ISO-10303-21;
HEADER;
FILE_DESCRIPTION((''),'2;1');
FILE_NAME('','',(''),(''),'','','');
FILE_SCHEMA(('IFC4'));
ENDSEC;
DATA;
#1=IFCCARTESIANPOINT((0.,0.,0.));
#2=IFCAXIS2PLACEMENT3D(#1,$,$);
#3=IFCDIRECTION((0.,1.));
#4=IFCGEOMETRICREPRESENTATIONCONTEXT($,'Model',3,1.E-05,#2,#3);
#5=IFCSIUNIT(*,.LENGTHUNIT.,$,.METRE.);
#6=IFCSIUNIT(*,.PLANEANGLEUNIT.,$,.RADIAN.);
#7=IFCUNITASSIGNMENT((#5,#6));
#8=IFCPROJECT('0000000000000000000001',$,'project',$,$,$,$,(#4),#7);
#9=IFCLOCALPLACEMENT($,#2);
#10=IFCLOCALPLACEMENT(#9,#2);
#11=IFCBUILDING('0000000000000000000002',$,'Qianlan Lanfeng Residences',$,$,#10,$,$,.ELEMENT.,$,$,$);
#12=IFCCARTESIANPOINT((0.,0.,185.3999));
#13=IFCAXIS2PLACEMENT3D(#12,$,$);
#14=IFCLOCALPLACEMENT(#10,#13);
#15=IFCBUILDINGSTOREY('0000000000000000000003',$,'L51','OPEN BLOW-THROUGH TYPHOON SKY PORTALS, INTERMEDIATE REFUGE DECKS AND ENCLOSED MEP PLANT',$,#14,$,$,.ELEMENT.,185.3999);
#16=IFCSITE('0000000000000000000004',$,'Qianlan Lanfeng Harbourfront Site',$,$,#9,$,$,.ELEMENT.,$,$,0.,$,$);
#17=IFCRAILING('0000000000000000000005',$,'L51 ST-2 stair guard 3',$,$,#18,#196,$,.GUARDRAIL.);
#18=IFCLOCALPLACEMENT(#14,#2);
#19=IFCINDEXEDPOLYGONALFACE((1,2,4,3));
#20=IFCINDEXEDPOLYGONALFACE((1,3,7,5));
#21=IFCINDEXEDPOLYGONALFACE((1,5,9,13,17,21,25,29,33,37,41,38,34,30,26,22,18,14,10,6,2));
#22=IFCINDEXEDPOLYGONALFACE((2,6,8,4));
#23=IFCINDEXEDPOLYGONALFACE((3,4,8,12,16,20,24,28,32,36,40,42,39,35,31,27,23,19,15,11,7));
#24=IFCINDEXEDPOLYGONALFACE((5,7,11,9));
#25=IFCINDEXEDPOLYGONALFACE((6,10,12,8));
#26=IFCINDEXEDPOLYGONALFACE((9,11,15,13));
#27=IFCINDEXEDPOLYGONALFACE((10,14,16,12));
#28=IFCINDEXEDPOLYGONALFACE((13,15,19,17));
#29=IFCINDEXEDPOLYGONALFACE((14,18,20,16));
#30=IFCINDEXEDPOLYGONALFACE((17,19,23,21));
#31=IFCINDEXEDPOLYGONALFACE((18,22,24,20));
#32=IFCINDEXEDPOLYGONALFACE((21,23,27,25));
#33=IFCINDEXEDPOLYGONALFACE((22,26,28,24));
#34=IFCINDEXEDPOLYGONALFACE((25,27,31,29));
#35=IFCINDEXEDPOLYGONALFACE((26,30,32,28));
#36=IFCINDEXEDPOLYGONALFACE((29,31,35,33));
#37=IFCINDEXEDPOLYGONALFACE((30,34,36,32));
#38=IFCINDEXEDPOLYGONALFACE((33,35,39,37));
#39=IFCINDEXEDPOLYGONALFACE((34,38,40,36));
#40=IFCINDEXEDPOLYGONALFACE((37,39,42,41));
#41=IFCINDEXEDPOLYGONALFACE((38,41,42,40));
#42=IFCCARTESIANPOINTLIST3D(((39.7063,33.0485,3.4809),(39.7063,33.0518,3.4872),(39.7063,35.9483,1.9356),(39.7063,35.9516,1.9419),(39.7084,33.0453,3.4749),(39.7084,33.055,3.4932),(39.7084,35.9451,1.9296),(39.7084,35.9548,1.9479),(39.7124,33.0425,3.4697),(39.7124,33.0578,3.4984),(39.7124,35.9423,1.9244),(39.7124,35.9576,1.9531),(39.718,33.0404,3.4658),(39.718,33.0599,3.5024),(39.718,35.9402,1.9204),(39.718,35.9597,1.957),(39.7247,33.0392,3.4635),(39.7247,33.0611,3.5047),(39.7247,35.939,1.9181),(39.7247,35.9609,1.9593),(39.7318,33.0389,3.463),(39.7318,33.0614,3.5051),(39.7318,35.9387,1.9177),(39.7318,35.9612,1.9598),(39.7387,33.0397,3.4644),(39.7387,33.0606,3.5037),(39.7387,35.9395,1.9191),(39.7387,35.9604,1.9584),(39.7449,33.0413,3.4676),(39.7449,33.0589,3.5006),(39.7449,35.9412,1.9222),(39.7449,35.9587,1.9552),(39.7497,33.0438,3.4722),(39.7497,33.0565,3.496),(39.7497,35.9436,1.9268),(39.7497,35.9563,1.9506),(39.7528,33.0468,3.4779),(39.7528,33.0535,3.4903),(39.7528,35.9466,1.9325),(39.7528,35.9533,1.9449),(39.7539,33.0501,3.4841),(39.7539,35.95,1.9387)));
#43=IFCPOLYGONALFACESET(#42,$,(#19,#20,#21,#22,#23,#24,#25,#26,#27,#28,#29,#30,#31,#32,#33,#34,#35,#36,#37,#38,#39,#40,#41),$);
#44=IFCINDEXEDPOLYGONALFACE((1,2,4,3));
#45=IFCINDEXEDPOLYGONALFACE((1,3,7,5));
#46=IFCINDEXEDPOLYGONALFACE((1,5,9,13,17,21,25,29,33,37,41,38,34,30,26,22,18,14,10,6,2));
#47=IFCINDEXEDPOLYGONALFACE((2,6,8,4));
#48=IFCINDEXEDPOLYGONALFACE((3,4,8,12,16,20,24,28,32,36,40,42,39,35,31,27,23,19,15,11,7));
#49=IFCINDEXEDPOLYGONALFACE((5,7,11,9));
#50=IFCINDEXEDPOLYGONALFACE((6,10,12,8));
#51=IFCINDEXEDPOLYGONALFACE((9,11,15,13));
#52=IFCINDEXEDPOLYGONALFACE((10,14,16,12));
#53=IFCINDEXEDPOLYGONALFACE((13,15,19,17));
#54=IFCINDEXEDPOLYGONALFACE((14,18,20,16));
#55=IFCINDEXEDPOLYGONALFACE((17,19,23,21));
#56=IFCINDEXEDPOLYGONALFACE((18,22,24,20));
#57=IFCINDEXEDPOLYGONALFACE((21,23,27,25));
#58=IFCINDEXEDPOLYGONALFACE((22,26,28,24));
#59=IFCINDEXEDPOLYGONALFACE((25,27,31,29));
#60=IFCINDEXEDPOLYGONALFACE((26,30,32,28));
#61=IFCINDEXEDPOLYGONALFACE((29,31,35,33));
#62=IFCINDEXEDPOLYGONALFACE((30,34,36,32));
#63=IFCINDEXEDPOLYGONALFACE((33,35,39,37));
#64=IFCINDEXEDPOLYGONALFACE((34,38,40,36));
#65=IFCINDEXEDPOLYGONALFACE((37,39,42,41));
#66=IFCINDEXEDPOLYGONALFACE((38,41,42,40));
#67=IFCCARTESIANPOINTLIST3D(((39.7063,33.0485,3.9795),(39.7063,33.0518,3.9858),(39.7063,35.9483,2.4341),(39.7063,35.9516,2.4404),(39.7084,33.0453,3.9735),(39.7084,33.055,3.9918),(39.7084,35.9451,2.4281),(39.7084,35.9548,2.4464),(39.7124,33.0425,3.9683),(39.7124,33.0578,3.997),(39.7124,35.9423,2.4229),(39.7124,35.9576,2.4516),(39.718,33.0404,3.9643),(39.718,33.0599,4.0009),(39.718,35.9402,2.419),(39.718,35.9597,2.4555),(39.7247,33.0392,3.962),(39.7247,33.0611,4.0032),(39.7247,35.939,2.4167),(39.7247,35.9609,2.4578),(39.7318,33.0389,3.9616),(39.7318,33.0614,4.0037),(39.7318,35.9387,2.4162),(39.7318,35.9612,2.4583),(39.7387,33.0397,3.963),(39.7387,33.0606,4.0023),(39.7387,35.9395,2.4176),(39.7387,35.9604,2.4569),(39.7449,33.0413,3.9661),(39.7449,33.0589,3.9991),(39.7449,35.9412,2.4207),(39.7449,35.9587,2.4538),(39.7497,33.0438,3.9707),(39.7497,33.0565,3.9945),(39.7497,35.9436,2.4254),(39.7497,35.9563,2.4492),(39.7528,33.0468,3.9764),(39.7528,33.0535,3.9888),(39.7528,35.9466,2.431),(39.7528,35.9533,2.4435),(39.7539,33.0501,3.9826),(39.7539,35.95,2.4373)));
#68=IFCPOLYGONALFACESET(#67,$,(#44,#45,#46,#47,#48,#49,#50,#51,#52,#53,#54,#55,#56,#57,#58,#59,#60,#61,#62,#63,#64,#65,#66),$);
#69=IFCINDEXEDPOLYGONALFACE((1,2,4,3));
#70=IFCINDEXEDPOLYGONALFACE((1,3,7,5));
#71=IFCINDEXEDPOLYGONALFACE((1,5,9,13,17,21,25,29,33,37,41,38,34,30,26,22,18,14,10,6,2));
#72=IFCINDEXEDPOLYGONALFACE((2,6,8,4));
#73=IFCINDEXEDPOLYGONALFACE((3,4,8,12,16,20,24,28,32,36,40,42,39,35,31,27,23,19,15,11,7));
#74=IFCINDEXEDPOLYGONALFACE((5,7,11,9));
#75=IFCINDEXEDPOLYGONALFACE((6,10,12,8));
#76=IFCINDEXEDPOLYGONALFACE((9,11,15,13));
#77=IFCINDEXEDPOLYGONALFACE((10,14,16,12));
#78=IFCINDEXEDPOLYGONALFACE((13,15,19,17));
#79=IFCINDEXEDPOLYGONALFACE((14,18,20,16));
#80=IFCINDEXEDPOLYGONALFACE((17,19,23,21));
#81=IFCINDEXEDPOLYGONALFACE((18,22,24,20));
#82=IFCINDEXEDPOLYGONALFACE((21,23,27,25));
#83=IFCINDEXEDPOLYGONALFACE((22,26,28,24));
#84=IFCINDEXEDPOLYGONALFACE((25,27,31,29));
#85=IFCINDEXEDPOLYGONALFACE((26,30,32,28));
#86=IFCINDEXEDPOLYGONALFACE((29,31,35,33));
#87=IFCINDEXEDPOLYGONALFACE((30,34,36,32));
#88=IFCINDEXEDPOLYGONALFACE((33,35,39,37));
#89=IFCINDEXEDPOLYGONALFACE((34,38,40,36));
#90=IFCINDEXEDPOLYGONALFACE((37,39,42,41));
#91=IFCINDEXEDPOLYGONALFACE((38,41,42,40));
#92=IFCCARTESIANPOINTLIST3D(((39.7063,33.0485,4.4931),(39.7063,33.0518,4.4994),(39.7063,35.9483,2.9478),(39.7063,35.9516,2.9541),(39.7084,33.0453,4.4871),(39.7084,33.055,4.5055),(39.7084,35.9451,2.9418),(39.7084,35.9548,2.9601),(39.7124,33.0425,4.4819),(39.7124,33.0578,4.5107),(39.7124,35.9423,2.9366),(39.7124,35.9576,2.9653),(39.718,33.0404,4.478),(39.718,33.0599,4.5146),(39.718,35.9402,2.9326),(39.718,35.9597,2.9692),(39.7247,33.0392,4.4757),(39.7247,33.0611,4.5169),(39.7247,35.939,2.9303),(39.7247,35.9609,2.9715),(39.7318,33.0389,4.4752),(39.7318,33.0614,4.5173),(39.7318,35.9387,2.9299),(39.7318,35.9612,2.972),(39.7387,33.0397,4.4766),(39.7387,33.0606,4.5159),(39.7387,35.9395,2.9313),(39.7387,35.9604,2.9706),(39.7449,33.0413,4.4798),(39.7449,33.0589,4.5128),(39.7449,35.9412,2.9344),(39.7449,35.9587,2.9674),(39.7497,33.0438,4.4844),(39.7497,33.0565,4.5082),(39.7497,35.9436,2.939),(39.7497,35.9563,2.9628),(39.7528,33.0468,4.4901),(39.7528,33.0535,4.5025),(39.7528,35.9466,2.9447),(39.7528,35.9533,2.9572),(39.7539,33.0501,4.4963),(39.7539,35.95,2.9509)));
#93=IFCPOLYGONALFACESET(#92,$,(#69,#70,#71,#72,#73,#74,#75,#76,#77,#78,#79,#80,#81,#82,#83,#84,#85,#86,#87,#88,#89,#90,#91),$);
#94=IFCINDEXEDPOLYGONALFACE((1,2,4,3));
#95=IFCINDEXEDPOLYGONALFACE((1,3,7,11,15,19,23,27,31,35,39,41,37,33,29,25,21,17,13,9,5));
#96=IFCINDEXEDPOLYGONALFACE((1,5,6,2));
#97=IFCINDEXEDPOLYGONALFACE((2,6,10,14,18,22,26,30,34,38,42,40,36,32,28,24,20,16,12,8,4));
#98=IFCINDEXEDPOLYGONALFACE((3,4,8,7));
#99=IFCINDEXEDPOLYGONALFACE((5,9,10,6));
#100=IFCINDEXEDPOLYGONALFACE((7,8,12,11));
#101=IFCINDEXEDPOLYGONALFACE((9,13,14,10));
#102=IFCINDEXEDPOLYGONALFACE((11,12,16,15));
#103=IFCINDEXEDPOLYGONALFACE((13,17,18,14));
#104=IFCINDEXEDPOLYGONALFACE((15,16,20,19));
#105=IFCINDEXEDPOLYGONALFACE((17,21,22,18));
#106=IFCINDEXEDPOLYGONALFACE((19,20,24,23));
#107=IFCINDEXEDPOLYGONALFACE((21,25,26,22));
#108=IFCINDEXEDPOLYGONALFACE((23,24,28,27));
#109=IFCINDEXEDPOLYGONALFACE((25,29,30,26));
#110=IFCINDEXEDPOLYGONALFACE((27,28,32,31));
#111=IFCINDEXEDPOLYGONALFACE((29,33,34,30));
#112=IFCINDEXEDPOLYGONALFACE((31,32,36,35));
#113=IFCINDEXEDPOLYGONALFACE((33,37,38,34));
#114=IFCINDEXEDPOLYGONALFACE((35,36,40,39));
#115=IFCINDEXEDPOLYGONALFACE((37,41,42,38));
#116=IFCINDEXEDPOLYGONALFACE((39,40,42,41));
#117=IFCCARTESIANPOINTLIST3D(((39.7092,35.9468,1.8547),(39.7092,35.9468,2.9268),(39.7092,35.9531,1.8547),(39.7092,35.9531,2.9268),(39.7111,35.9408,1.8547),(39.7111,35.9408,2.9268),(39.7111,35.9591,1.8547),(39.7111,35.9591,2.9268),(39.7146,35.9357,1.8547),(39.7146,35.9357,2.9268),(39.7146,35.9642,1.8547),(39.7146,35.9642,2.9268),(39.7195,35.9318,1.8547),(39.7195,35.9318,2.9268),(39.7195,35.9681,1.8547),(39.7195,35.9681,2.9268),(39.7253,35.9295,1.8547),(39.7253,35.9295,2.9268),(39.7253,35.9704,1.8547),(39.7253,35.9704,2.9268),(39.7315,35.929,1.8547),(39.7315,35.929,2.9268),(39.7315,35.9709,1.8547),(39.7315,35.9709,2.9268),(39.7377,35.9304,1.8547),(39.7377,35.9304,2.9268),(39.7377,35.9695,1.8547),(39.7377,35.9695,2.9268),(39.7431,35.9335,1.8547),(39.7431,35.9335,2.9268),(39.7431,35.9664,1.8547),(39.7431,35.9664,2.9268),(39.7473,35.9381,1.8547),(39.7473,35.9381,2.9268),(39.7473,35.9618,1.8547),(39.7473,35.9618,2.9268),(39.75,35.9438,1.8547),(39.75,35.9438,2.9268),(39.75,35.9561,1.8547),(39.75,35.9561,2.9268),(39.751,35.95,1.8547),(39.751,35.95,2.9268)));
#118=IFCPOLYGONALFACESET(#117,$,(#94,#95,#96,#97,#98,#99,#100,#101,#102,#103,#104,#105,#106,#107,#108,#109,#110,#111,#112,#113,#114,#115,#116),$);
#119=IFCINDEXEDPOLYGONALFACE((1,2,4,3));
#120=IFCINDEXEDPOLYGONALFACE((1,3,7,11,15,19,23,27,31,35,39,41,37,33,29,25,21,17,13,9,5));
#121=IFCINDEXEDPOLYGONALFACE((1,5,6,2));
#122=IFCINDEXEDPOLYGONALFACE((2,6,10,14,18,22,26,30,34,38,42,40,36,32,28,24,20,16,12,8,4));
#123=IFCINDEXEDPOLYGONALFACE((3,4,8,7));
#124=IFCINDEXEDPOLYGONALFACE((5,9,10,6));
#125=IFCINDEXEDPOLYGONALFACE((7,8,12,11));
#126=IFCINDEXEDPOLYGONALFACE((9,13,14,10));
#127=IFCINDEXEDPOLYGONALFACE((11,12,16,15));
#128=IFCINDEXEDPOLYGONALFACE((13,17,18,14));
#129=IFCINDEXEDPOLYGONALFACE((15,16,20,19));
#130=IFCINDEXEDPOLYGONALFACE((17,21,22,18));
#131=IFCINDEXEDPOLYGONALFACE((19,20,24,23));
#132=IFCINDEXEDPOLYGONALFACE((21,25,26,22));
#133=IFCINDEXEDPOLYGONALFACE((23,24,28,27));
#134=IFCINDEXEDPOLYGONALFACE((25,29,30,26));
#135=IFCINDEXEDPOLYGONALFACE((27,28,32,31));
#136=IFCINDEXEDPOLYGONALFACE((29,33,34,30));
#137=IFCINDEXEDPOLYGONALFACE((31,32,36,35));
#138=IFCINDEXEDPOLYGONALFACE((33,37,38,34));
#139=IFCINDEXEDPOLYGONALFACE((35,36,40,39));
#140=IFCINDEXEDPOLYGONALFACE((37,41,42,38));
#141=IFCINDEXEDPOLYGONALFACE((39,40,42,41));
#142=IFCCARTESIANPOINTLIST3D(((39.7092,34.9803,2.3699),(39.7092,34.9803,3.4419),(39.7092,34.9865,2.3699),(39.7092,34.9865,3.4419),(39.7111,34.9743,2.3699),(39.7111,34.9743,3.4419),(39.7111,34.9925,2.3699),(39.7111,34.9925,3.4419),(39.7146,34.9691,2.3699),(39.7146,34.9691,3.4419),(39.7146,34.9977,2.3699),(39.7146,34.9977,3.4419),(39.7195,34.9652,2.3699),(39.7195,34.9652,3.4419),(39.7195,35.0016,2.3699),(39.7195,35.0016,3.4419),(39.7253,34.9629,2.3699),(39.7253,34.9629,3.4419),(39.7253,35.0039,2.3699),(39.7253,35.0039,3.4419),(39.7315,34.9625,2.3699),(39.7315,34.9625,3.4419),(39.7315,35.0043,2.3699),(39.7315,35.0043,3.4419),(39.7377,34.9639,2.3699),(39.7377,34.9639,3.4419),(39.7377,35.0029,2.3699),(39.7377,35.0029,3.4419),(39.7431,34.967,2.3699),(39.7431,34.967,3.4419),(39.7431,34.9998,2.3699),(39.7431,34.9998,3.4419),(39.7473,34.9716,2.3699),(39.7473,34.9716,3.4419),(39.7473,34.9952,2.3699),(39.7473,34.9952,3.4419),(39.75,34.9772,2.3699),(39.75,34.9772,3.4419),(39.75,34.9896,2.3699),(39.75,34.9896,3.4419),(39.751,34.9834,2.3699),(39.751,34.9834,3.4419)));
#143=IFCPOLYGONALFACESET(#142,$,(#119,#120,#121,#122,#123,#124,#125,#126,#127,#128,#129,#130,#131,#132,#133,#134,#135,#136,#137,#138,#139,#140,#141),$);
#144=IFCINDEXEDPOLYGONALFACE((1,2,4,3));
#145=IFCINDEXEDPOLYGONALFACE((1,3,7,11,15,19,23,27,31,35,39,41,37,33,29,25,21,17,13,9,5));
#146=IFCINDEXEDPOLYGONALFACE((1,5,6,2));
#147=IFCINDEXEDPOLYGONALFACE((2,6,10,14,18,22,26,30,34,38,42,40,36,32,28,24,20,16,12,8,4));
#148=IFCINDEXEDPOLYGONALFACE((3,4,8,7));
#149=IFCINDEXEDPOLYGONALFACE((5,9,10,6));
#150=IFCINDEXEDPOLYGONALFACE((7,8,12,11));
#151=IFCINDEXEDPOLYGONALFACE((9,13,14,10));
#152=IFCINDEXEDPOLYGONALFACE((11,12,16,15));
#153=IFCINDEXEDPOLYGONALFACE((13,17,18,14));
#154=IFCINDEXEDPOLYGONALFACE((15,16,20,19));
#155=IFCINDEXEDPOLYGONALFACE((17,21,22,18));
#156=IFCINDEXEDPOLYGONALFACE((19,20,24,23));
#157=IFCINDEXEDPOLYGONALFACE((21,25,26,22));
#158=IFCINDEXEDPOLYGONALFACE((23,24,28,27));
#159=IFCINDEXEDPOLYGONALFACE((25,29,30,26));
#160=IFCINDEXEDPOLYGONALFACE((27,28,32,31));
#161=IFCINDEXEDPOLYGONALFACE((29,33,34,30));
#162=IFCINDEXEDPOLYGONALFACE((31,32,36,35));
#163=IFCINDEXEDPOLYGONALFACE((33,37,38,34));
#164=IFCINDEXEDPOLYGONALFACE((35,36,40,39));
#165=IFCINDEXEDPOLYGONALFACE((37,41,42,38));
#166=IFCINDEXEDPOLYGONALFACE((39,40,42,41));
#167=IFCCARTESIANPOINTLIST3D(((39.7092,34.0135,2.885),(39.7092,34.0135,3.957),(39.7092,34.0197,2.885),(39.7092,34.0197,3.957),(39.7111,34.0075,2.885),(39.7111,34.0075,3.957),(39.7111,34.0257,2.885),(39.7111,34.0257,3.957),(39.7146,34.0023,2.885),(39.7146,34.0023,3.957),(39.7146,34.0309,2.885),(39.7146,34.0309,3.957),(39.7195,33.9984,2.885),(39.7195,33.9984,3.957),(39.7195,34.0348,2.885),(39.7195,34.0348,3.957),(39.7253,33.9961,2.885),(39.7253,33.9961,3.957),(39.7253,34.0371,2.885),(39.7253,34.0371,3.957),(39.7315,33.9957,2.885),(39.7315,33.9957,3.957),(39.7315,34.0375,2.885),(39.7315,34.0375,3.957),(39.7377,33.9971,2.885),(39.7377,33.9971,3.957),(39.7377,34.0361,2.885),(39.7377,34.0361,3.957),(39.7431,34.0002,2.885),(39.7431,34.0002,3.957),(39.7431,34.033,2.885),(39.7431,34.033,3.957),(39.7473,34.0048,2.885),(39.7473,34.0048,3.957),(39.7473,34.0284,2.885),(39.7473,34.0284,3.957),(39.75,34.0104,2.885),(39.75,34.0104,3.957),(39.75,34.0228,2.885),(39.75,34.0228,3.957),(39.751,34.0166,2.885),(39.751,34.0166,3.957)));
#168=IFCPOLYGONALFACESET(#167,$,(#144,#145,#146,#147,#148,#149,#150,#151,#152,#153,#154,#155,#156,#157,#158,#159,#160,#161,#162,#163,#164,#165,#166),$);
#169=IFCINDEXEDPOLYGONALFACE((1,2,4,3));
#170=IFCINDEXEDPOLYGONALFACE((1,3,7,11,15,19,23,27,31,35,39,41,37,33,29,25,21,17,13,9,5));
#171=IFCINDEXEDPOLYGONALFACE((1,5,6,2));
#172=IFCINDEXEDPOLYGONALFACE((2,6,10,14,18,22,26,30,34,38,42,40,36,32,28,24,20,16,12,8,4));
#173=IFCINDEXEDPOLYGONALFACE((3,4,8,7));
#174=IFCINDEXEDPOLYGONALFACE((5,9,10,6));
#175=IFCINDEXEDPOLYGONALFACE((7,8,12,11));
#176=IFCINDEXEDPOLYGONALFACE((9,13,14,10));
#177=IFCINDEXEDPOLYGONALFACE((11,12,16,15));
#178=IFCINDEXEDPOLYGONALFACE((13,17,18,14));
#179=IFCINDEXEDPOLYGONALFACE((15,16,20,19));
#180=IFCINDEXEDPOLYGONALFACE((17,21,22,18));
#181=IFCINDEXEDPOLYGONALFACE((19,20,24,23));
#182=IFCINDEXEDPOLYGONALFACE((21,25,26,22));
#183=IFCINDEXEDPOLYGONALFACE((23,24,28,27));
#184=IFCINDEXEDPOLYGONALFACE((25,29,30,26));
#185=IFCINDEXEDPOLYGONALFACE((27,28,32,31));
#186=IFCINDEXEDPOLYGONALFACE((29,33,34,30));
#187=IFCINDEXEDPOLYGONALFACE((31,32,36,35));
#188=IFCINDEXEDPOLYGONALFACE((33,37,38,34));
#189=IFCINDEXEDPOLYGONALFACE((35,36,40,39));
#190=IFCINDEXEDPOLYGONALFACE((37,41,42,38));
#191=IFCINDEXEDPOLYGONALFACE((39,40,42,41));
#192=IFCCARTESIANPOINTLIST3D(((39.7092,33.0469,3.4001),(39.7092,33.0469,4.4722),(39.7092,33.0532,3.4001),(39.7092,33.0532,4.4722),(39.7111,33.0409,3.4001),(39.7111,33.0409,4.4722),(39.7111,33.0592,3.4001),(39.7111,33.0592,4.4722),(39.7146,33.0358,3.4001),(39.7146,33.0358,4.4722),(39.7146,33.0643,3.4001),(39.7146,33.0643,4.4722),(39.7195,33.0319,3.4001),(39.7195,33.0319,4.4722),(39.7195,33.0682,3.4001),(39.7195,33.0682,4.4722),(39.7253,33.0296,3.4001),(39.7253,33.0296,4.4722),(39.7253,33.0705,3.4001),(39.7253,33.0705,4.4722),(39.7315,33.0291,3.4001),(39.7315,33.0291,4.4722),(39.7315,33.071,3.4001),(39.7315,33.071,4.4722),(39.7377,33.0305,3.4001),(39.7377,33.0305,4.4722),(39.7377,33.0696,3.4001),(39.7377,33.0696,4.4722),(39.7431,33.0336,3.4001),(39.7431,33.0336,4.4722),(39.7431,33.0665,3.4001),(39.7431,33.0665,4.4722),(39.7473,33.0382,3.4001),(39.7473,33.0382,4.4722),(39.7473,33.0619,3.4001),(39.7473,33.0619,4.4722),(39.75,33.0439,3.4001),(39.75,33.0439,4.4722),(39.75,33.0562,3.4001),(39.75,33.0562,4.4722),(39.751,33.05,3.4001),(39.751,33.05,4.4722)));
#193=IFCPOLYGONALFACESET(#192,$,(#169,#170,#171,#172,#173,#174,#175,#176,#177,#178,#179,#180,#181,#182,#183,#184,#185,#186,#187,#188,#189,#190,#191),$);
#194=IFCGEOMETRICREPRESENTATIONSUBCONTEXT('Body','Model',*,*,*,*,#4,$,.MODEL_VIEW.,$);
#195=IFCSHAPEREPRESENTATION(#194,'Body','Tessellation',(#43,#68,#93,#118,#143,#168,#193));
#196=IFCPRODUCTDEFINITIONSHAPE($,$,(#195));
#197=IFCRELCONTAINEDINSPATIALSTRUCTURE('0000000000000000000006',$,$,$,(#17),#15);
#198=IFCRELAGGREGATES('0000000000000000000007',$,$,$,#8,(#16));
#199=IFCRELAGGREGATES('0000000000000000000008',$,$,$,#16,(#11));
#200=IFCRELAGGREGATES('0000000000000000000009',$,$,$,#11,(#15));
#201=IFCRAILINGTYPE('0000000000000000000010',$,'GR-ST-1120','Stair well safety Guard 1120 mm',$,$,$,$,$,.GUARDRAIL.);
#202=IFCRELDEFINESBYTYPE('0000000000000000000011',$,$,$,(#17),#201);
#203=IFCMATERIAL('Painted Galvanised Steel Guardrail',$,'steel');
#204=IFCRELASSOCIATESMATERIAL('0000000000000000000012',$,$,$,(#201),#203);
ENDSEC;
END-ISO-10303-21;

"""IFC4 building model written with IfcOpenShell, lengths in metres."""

from ifc_helpers import new_model, si_unit, direction, frame, origin, origin_2d, place, context, subcontext, project, spatial, circle, extrude, material, type_object, element, save


model = new_model("IFC4")

# Units and contexts
model_context = context("Model", 3, precision=1e-05, world=origin(), true_north=direction((0.0, 1.0)))
body_context = subcontext(model_context, "Body", "Model", "MODEL_VIEW")
ifc_project = project(units=[si_unit("LENGTHUNIT", "METRE"), si_unit("PLANEANGLEUNIT", "RADIAN")], contexts=[model_context])

# Site, building, storey
site_placement = place(None, origin())
site = spatial("IfcSite", under=ifc_project, at=site_placement, Name="Qianlan Lanfeng Harbourfront Site", CompositionType="ELEMENT", RefElevation=0.0)
building_placement = place(site_placement, origin())
building = spatial("IfcBuilding", under=site, at=building_placement, Name="Qianlan Lanfeng Residences", CompositionType="ELEMENT")
storey_placement = place(building_placement, frame((0.0, 0.0, 185.3999)))
storey = spatial("IfcBuildingStorey", under=building, at=storey_placement, Name="L51", Description="OPEN BLOW-THROUGH TYPHOON SKY PORTALS, INTERMEDIATE REFUGE DECKS AND ENCLOSED MEP PLANT", CompositionType="ELEMENT", Elevation=185.3999)

# Railing
ifc_material_1 = material(Name="Painted Galvanised Steel Guardrail", Category="steel")
railing_type_1 = type_object("IfcRailingType", Name="GR-ST-1120", Description="Stair well safety Guard 1120 mm", PredefinedType="GUARDRAIL", material=ifc_material_1)
railing_placement = place(storey_placement, frame((39.73, 35.95, 1.8547)))
element("IfcRailing", 1, at=railing_placement, inside=storey, type_object=railing_type_1, Name="L51 ST-2 stair guard 3", PredefinedType="GUARDRAIL", context=body_context, shape_type="SweptSolid", body=[
    extrude(circle(Radius=0.0239, at=origin_2d()), frame((0.0, 0.0, 0.084), z_axis=(0.0, -0.882505, 0.470303), x_axis=(1.0, 0.0, 0.0)), (0.0, 0.0, 1.0), 3.2859),
    extrude(circle(Radius=0.0239, at=origin_2d()), frame((0.0, 0.0, 0.5825), z_axis=(0.0, -0.882505, 0.470303), x_axis=(1.0, 0.0, 0.0)), (0.0, 0.0, 1.0), 3.2859),
    extrude(circle(Radius=0.0239, at=origin_2d()), frame((0.0, 0.0, 1.0962), z_axis=(0.0, -0.882505, 0.470303), x_axis=(1.0, 0.0, 0.0)), (0.0, 0.0, 1.0), 3.2859),
    extrude(circle(Radius=0.021, at=origin_2d()), origin(), (0.0, 0.0, 1.0), 1.072),
    extrude(circle(Radius=0.021, at=origin_2d()), frame((0.0, -0.9666, 0.5151)), (0.0, 0.0, 1.0), 1.072),
    extrude(circle(Radius=0.021, at=origin_2d()), frame((0.0, -1.9333, 1.0303)), (0.0, 0.0, 1.0), 1.072),
    extrude(circle(Radius=0.021, at=origin_2d()), frame((0.0, -2.8999, 1.5454)), (0.0, 0.0, 1.0), 1.072),
])

save(model, "model.ifc")
